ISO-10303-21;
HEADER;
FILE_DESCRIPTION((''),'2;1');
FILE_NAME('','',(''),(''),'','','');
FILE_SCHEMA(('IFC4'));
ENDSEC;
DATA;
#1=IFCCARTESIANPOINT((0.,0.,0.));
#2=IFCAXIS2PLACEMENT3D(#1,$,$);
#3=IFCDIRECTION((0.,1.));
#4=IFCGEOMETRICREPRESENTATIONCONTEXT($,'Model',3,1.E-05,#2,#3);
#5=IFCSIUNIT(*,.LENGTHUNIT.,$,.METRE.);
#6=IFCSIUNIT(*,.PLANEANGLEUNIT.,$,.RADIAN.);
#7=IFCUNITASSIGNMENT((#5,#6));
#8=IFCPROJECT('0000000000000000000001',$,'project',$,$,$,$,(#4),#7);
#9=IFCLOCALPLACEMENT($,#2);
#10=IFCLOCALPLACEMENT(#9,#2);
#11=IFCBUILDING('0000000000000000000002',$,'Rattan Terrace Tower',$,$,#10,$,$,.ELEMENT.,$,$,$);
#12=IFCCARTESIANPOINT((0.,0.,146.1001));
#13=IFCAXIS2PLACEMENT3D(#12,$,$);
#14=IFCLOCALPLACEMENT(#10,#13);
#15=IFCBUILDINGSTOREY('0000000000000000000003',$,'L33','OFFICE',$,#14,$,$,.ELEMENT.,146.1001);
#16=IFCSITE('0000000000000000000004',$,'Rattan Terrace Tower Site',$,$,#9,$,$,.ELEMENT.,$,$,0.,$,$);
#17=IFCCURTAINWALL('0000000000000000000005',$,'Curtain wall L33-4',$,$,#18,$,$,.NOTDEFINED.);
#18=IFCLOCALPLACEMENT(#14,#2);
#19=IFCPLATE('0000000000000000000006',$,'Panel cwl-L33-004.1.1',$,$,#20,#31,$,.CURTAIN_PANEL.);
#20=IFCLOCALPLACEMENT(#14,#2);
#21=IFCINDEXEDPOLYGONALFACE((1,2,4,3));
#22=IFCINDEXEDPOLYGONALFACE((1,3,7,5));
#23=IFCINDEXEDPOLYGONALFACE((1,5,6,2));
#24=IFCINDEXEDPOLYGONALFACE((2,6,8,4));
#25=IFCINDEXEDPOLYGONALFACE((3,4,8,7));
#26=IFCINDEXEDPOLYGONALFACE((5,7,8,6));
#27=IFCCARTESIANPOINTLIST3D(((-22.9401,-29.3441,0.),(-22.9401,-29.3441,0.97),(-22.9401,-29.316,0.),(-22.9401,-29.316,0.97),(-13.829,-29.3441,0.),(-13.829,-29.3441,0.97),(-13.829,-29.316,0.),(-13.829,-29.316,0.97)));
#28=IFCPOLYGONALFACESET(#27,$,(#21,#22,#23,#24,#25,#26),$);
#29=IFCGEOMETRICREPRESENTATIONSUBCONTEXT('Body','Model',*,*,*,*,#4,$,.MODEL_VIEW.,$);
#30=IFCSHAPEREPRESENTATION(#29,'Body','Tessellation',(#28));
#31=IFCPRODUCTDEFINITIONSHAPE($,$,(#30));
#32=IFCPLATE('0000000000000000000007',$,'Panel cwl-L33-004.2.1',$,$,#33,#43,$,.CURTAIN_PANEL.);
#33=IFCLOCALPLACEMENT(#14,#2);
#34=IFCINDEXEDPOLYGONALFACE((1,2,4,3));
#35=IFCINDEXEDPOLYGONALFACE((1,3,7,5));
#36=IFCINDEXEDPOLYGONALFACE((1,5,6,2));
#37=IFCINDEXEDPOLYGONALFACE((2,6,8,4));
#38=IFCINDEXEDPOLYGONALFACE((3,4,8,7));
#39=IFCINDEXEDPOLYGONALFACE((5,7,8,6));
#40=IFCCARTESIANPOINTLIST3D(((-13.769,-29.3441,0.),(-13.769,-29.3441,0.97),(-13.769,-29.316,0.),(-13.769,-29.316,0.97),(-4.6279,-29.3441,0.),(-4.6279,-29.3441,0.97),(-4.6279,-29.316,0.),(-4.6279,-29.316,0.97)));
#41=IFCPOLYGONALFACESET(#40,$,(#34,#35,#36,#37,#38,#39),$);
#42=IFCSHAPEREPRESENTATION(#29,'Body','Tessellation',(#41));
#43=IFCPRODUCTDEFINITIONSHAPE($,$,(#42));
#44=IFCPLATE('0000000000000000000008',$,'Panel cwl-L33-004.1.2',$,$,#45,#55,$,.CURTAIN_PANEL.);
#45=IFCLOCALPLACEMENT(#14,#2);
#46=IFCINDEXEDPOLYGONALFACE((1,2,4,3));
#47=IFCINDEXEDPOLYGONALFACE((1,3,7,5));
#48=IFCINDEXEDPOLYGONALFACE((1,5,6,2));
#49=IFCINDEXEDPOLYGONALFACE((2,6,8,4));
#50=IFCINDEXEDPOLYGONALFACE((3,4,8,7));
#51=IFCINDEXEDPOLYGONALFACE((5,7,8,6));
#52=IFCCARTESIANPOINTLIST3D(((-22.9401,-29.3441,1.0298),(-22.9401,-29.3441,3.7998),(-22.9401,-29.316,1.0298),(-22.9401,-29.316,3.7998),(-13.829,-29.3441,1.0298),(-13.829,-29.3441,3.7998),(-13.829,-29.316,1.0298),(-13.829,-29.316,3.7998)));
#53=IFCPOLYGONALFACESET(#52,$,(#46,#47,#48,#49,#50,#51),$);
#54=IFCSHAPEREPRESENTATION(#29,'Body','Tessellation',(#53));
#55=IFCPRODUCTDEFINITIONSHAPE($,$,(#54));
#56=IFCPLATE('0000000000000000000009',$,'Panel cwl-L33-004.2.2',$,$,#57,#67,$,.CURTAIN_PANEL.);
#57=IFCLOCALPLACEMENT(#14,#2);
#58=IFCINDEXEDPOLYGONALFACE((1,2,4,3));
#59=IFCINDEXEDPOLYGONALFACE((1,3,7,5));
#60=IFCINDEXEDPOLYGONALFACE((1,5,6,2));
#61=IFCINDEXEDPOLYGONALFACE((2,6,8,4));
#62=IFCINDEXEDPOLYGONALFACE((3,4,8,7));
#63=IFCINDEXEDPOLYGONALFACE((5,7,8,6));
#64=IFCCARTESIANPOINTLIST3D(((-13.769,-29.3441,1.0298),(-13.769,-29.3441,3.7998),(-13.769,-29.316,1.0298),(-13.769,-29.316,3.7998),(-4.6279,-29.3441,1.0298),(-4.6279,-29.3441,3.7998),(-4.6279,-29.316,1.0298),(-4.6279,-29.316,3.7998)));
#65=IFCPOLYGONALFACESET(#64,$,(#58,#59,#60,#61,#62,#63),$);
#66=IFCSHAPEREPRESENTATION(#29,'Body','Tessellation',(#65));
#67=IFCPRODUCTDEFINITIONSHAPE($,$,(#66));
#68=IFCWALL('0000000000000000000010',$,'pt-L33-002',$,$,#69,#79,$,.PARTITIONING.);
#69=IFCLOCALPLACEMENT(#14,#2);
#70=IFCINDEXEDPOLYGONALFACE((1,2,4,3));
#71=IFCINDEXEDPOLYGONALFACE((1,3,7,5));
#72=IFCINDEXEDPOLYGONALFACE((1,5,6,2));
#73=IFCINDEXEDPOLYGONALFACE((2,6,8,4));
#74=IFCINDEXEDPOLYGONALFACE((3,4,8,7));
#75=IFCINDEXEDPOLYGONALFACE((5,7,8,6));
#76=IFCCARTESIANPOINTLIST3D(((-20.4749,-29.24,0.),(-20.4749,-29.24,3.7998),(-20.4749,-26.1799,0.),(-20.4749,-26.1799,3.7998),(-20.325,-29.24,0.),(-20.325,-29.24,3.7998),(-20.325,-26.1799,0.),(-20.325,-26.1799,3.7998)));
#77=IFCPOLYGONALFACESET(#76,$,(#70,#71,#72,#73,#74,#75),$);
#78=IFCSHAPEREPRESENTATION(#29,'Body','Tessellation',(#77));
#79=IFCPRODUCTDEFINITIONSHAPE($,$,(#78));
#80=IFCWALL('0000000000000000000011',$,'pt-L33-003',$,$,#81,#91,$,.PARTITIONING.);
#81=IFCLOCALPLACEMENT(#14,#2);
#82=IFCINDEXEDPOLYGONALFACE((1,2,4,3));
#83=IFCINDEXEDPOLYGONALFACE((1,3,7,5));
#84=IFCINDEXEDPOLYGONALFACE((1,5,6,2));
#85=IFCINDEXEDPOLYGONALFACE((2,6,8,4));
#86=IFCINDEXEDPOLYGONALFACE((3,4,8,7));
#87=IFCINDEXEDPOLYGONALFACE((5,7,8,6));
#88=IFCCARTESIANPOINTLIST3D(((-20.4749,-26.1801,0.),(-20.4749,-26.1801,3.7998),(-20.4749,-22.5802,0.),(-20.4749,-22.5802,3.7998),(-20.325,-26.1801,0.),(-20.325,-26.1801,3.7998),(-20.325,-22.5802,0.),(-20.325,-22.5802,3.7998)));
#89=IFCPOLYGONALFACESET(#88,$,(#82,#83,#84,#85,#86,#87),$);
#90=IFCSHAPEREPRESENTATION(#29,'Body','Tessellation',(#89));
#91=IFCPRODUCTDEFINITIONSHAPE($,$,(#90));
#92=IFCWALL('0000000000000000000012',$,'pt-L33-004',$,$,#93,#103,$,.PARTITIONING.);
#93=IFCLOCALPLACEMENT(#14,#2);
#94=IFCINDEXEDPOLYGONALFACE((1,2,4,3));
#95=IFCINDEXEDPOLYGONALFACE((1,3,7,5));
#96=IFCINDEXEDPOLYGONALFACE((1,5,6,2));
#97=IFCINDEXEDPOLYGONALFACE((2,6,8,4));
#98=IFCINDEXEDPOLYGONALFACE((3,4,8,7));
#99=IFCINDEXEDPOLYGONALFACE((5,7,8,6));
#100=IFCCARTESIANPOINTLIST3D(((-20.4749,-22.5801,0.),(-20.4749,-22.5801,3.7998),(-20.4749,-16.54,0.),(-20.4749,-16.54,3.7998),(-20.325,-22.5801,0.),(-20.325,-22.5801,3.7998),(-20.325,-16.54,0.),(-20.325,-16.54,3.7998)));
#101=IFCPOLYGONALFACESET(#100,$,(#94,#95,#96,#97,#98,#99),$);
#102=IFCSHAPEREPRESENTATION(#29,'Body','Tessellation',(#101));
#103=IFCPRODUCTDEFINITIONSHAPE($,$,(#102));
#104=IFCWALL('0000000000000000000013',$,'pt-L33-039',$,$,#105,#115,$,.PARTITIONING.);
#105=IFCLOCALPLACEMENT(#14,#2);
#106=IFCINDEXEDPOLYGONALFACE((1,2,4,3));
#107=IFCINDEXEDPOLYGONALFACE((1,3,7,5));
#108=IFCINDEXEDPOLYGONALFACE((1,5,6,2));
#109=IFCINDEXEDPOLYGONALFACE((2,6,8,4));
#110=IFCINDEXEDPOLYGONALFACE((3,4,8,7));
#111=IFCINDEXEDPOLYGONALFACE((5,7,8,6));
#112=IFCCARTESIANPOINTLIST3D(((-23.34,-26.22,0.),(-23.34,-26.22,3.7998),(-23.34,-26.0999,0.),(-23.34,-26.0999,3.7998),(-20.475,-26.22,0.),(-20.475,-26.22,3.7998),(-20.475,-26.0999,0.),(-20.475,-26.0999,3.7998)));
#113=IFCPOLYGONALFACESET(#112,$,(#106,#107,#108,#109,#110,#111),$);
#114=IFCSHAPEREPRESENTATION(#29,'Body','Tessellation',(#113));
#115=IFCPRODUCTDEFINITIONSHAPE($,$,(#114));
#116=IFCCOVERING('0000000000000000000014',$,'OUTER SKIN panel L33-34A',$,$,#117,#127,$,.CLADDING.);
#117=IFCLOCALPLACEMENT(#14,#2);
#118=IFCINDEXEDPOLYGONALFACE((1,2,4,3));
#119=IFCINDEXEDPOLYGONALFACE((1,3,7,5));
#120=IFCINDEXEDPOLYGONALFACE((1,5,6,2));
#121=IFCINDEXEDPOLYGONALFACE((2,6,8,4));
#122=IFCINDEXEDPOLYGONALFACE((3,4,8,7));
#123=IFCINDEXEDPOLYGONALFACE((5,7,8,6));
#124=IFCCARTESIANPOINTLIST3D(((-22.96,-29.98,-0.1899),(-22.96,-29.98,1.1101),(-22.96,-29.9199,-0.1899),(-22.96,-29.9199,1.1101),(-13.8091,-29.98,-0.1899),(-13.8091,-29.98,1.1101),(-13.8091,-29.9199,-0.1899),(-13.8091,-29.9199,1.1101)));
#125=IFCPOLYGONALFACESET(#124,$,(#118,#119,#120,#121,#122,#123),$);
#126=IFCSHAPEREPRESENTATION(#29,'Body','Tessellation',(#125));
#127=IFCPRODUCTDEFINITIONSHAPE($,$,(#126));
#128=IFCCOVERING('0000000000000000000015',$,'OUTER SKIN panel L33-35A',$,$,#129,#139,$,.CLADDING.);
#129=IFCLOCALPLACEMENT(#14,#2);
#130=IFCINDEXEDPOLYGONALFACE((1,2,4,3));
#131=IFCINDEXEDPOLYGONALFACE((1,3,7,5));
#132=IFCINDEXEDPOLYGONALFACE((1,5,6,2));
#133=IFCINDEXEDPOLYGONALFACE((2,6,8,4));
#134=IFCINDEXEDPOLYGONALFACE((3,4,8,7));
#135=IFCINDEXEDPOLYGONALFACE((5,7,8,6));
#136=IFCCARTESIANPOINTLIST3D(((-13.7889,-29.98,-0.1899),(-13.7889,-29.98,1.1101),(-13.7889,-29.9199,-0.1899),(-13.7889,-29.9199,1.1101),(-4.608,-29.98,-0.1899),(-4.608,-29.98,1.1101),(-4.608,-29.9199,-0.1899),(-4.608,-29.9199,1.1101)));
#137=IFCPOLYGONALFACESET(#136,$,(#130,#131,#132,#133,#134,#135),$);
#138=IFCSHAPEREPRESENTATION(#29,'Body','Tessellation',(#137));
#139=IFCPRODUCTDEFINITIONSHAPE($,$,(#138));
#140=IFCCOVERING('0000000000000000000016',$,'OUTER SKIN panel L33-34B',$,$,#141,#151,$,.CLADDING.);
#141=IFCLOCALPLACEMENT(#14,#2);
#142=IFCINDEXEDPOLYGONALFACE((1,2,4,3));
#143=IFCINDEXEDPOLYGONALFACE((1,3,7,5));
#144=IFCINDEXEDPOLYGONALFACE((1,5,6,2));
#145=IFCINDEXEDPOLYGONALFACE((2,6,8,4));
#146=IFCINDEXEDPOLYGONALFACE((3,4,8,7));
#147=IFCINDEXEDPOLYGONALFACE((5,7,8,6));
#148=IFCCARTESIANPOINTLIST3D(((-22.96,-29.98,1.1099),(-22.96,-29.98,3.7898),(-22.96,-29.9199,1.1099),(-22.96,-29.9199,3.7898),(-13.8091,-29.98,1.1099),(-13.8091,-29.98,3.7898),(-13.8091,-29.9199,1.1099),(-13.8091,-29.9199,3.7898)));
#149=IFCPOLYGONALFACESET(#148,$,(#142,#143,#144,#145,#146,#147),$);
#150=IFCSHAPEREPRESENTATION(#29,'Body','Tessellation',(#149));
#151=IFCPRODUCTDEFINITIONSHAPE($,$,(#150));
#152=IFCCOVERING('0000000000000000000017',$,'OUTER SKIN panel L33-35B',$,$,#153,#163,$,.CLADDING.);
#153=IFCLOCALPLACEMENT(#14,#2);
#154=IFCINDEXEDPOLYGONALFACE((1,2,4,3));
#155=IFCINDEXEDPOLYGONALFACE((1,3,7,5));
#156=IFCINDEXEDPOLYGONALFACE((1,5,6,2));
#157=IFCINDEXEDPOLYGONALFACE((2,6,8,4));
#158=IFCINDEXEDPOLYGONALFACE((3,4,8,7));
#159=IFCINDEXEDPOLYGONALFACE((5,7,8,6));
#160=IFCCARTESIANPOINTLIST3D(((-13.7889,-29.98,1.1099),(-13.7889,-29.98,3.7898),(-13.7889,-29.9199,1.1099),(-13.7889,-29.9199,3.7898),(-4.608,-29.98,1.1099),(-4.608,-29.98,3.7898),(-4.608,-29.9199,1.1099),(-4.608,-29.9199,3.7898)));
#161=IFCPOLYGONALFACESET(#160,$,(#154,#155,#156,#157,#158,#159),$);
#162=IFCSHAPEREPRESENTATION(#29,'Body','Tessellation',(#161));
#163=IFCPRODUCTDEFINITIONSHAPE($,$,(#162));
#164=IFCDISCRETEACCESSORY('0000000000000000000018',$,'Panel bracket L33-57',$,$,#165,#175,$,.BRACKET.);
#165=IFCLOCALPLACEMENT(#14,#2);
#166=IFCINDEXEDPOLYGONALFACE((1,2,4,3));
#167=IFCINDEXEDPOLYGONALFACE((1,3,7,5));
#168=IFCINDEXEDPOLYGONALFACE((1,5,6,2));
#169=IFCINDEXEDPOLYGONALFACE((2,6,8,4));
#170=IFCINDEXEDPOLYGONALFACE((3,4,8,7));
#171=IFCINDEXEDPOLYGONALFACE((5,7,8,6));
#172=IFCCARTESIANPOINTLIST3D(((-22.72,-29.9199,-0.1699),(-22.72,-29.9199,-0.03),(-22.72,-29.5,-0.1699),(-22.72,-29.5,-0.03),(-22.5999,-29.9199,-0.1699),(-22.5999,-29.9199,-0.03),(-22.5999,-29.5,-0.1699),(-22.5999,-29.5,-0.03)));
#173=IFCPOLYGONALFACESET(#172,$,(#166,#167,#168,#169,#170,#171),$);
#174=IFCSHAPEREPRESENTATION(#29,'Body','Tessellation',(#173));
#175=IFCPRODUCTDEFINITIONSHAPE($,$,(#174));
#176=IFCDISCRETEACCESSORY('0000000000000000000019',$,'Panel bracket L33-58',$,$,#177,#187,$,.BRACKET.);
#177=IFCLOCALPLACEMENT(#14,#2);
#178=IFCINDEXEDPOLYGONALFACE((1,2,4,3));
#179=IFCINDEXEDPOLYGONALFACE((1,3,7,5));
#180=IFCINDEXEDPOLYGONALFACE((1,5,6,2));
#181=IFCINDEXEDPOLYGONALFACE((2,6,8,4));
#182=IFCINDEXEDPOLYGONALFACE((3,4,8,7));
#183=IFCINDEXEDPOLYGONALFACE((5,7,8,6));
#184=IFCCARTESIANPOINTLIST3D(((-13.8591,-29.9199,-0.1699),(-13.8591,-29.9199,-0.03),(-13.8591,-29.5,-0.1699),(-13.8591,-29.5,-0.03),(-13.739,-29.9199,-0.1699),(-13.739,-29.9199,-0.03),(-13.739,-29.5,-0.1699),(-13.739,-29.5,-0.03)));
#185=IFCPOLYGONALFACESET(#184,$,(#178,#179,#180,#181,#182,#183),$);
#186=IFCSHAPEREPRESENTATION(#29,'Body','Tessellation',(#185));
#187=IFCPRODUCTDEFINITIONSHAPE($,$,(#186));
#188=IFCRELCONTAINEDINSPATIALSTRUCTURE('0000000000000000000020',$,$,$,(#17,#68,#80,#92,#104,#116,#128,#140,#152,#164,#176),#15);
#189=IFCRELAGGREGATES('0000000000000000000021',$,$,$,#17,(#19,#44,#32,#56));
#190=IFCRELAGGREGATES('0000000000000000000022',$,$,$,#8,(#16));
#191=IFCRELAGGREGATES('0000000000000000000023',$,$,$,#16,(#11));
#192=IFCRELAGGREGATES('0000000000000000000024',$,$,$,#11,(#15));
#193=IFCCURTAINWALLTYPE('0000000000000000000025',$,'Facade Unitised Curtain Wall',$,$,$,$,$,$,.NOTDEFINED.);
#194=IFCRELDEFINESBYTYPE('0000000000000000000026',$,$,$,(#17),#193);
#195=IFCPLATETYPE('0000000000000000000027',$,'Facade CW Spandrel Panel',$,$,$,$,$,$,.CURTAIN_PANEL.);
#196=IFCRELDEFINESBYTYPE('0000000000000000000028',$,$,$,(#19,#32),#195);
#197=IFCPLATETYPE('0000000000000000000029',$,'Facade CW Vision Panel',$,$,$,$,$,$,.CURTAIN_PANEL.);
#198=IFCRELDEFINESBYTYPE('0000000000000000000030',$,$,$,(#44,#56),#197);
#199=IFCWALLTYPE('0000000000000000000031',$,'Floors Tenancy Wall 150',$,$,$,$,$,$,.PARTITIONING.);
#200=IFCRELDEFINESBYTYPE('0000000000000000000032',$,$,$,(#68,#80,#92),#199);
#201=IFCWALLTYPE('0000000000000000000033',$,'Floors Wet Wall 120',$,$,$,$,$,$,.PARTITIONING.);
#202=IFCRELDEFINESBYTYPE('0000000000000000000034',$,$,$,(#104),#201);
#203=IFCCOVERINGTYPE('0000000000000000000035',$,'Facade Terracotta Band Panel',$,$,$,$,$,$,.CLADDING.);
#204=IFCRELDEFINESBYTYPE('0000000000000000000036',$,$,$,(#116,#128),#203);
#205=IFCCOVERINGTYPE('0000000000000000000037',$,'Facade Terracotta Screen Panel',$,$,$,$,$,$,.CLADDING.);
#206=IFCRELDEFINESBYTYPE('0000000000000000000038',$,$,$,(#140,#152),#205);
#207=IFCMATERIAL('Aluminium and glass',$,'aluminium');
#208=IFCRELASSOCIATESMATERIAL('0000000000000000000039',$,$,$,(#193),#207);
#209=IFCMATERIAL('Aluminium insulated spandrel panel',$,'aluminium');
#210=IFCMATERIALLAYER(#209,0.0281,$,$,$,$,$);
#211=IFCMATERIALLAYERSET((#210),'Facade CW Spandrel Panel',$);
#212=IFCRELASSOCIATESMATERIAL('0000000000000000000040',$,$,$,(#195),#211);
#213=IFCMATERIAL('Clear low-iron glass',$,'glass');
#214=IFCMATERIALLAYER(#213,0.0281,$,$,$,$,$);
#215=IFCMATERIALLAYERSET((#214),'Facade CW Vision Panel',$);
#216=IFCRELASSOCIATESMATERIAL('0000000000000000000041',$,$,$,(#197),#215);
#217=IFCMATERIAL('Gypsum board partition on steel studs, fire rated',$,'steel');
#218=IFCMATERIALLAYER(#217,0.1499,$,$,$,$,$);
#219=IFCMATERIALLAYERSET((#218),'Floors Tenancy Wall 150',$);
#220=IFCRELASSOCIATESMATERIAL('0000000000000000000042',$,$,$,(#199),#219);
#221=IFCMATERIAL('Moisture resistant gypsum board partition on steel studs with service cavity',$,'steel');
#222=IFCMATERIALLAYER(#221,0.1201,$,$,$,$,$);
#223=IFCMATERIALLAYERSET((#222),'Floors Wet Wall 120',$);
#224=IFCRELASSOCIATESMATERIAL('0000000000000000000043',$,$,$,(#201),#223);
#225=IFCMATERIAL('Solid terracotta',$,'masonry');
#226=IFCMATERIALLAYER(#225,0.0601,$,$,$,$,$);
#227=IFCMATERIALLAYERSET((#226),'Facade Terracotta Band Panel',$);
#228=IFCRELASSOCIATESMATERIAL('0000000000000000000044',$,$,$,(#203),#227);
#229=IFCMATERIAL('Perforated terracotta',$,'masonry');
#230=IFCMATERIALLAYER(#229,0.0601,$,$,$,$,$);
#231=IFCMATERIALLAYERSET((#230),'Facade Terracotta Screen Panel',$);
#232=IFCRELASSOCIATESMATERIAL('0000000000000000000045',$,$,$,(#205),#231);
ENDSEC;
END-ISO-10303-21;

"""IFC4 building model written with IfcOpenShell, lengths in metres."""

from ifc_helpers import new_model, si_unit, direction, frame, frame_2d, origin, origin_2d, place, context, subcontext, project, spatial, rectangle, extrude, material, layer, layer_set, type_object, element, aggregate, save


model = new_model("IFC4")

# Units and contexts
model_context = context("Model", 3, precision=1e-05, world=origin(), true_north=direction((0.0, 1.0)))
body_context = subcontext(model_context, "Body", "Model", "MODEL_VIEW")
ifc_project = project(units=[si_unit("LENGTHUNIT", "METRE"), si_unit("PLANEANGLEUNIT", "RADIAN")], contexts=[model_context])

# Site, building, storey
site_placement = place(None, origin())
site = spatial("IfcSite", under=ifc_project, at=site_placement, Name="Rattan Terrace Tower Site", CompositionType="ELEMENT", RefElevation=0.0)
building_placement = place(site_placement, origin())
building = spatial("IfcBuilding", under=site, at=building_placement, Name="Rattan Terrace Tower", CompositionType="ELEMENT")
storey_placement = place(building_placement, frame((0.0, 0.0, 146.1001)))
storey = spatial("IfcBuildingStorey", under=building, at=storey_placement, Name="L33", Description="OFFICE", CompositionType="ELEMENT", Elevation=146.1001)

# Curtain wall
ifc_material_1 = material(Name="Aluminium and glass", Category="aluminium")
curtain_wall_type = type_object("IfcCurtainWallType", Name="Facade Unitised Curtain Wall", PredefinedType="NOTDEFINED", material=ifc_material_1)
curtain_wall_placement = place(storey_placement, origin())
curtain_wall = element("IfcCurtainWall", 1, at=curtain_wall_placement, inside=storey, type_object=curtain_wall_type, Name="Curtain wall L33-4", PredefinedType="NOTDEFINED")

# Plates
ifc_material_2 = material(Name="Aluminium insulated spandrel panel", Category="aluminium")
ifc_layer_1 = layer(ifc_material_2, 0.0281)
ifc_layer_set_1 = layer_set([ifc_layer_1], Name="Facade CW Spandrel Panel")
plate_type_1 = type_object("IfcPlateType", Name="Facade CW Spandrel Panel", PredefinedType="CURTAIN_PANEL", material=ifc_layer_set_1)
plate_1_placement = place(storey_placement, frame((-18.3845, -29.3301, 0.0), z_axis=(0.0, 0.0, 1.0), x_axis=(1.0, 0.0, 0.0)))
plate_1 = element("IfcPlate", 2, at=plate_1_placement, type_object=plate_type_1, Name="Panel cwl-L33-004.1.1", PredefinedType="CURTAIN_PANEL", context=body_context, shape_type="SweptSolid", body=[
    extrude(rectangle(XDim=9.1111, YDim=0.0281, at=origin_2d()), origin(), (0.0, 0.0, 1.0), 0.97),
])
plate_2_placement = place(storey_placement, frame((-9.1985, -29.3301, 0.0), z_axis=(0.0, 0.0, 1.0), x_axis=(1.0, 0.0, 0.0)))
plate_2 = element("IfcPlate", 3, at=plate_2_placement, type_object=plate_type_1, Name="Panel cwl-L33-004.2.1", PredefinedType="CURTAIN_PANEL", context=body_context, shape_type="SweptSolid", body=[
    extrude(rectangle(XDim=9.1411, YDim=0.0281, at=origin_2d()), origin(), (0.0, 0.0, 1.0), 0.97),
])
ifc_material_3 = material(Name="Clear low-iron glass", Category="glass")
ifc_layer_2 = layer(ifc_material_3, 0.0281)
ifc_layer_set_2 = layer_set([ifc_layer_2], Name="Facade CW Vision Panel")
plate_type_2 = type_object("IfcPlateType", Name="Facade CW Vision Panel", PredefinedType="CURTAIN_PANEL", material=ifc_layer_set_2)
plate_3_placement = place(storey_placement, frame((-18.3845, -29.3301, 1.0298), z_axis=(0.0, 0.0, 1.0), x_axis=(1.0, 0.0, 0.0)))
plate_3 = element("IfcPlate", 4, at=plate_3_placement, type_object=plate_type_2, Name="Panel cwl-L33-004.1.2", PredefinedType="CURTAIN_PANEL", context=body_context, shape_type="SweptSolid", body=[
    extrude(rectangle(XDim=9.1111, YDim=0.0281, at=origin_2d()), origin(), (0.0, 0.0, 1.0), 2.77),
])
plate_4_placement = place(storey_placement, frame((-9.1985, -29.3301, 1.0298), z_axis=(0.0, 0.0, 1.0), x_axis=(1.0, 0.0, 0.0)))
plate_4 = element("IfcPlate", 5, at=plate_4_placement, type_object=plate_type_2, Name="Panel cwl-L33-004.2.2", PredefinedType="CURTAIN_PANEL", context=body_context, shape_type="SweptSolid", body=[
    extrude(rectangle(XDim=9.1411, YDim=0.0281, at=origin_2d()), origin(), (0.0, 0.0, 1.0), 2.77),
])
aggregate(curtain_wall, [plate_1, plate_3, plate_2, plate_4])

# Walls
ifc_material_4 = material(Name="Gypsum board partition on steel studs, fire rated", Category="steel")
ifc_layer_3 = layer(ifc_material_4, 0.1499)
ifc_layer_set_3 = layer_set([ifc_layer_3], Name="Floors Tenancy Wall 150")
wall_type_1 = type_object("IfcWallType", Name="Floors Tenancy Wall 150", PredefinedType="PARTITIONING", material=ifc_layer_set_3)
wall_1_placement = place(storey_placement, frame((-20.3999, -29.24, 0.0), z_axis=(0.0, 0.0, 1.0), x_axis=(0.0, 1.0, 0.0)))
element("IfcWall", 6, at=wall_1_placement, inside=storey, type_object=wall_type_1, Name="pt-L33-002", PredefinedType="PARTITIONING", context=body_context, shape_type="SweptSolid", body=[
    extrude(rectangle(XDim=3.0601, YDim=0.1499, at=frame_2d((1.53, 0.0))), origin(), (0.0, 0.0, 1.0), 3.7998),
])
wall_2_placement = place(storey_placement, frame((-20.3999, -26.1799, 0.0), z_axis=(0.0, 0.0, 1.0), x_axis=(0.0, 1.0, 0.0)))
element("IfcWall", 7, at=wall_2_placement, inside=storey, type_object=wall_type_1, Name="pt-L33-003", PredefinedType="PARTITIONING", context=body_context, shape_type="SweptSolid", body=[
    extrude(rectangle(XDim=3.5999, YDim=0.1499, at=frame_2d((1.7998, 0.0))), origin(), (0.0, 0.0, 1.0), 3.7998),
])
wall_3_placement = place(storey_placement, frame((-20.3999, -22.5801, 0.0), z_axis=(0.0, 0.0, 1.0), x_axis=(0.0, 1.0, 0.0)))
element("IfcWall", 8, at=wall_3_placement, inside=storey, type_object=wall_type_1, Name="pt-L33-004", PredefinedType="PARTITIONING", context=body_context, shape_type="SweptSolid", body=[
    extrude(rectangle(XDim=6.04, YDim=0.1499, at=frame_2d((3.02, 0.0))), origin(), (0.0, 0.0, 1.0), 3.7998),
])
ifc_material_5 = material(Name="Moisture resistant gypsum board partition on steel studs with service cavity", Category="steel")
ifc_layer_4 = layer(ifc_material_5, 0.1201)
ifc_layer_set_4 = layer_set([ifc_layer_4], Name="Floors Wet Wall 120")
wall_type_2 = type_object("IfcWallType", Name="Floors Wet Wall 120", PredefinedType="PARTITIONING", material=ifc_layer_set_4)
wall_4_placement = place(storey_placement, frame((-23.3401, -26.1599, 0.0), z_axis=(0.0, 0.0, 1.0), x_axis=(1.0, 0.0, 0.0)))
element("IfcWall", 9, at=wall_4_placement, inside=storey, type_object=wall_type_2, Name="pt-L33-039", PredefinedType="PARTITIONING", context=body_context, shape_type="SweptSolid", body=[
    extrude(rectangle(XDim=2.865, YDim=0.1201, at=frame_2d((1.4326, 0.0))), origin(), (0.0, 0.0, 1.0), 3.7998),
])

# Coverings
ifc_material_6 = material(Name="Solid terracotta", Category="masonry")
ifc_layer_5 = layer(ifc_material_6, 0.0601)
ifc_layer_set_5 = layer_set([ifc_layer_5], Name="Facade Terracotta Band Panel")
covering_type_1 = type_object("IfcCoveringType", Name="Facade Terracotta Band Panel", PredefinedType="CLADDING", material=ifc_layer_set_5)
covering_1_placement = place(storey_placement, frame((-18.3845, -29.95, -0.1899), z_axis=(0.0, 0.0, 1.0), x_axis=(1.0, 0.0, 0.0)))
element("IfcCovering", 10, at=covering_1_placement, inside=storey, type_object=covering_type_1, Name="OUTER SKIN panel L33-34A", PredefinedType="CLADDING", context=body_context, shape_type="SweptSolid", body=[
    extrude(rectangle(XDim=9.1509, YDim=0.0601, at=origin_2d()), origin(), (0.0, 0.0, 1.0), 1.3),
])
covering_2_placement = place(storey_placement, frame((-9.1985, -29.95, -0.1899), z_axis=(0.0, 0.0, 1.0), x_axis=(1.0, 0.0, 0.0)))
element("IfcCovering", 11, at=covering_2_placement, inside=storey, type_object=covering_type_1, Name="OUTER SKIN panel L33-35A", PredefinedType="CLADDING", context=body_context, shape_type="SweptSolid", body=[
    extrude(rectangle(XDim=9.1809, YDim=0.0601, at=origin_2d()), origin(), (0.0, 0.0, 1.0), 1.3),
])
ifc_material_7 = material(Name="Perforated terracotta", Category="masonry")
ifc_layer_6 = layer(ifc_material_7, 0.0601)
ifc_layer_set_6 = layer_set([ifc_layer_6], Name="Facade Terracotta Screen Panel")
covering_type_2 = type_object("IfcCoveringType", Name="Facade Terracotta Screen Panel", PredefinedType="CLADDING", material=ifc_layer_set_6)
covering_3_placement = place(storey_placement, frame((-18.3845, -29.95, 1.1099), z_axis=(0.0, 0.0, 1.0), x_axis=(1.0, 0.0, 0.0)))
element("IfcCovering", 12, at=covering_3_placement, inside=storey, type_object=covering_type_2, Name="OUTER SKIN panel L33-34B", PredefinedType="CLADDING", context=body_context, shape_type="SweptSolid", body=[
    extrude(rectangle(XDim=9.1509, YDim=0.0601, at=origin_2d()), origin(), (0.0, 0.0, 1.0), 2.6799),
])
covering_4_placement = place(storey_placement, frame((-9.1985, -29.95, 1.1099), z_axis=(0.0, 0.0, 1.0), x_axis=(1.0, 0.0, 0.0)))
element("IfcCovering", 13, at=covering_4_placement, inside=storey, type_object=covering_type_2, Name="OUTER SKIN panel L33-35B", PredefinedType="CLADDING", context=body_context, shape_type="SweptSolid", body=[
    extrude(rectangle(XDim=9.1809, YDim=0.0601, at=origin_2d()), origin(), (0.0, 0.0, 1.0), 2.6799),
])

# Discrete accessories
for number, where, z_axis, x_axis, name in (
    (14, (-22.6599, -29.71, -0.1699), (0.0, 0.0, 1.0), (1.0, 0.0, 0.0), "Panel bracket L33-57"),
    (15, (-13.7991, -29.71, -0.1699), (0.0, 0.0, 1.0), (1.0, 0.0, 0.0), "Panel bracket L33-58"),
):
    element("IfcDiscreteAccessory", number, at=place(storey_placement, frame(where, z_axis=z_axis, x_axis=x_axis)), inside=storey, Name=name, PredefinedType="BRACKET", context=body_context, shape_type="SweptSolid", body=[
        extrude(rectangle(XDim=0.1201, YDim=0.4199, at=origin_2d()), origin(), (0.0, 0.0, 1.0), 0.1399),
    ])

save(model, "model.ifc")
